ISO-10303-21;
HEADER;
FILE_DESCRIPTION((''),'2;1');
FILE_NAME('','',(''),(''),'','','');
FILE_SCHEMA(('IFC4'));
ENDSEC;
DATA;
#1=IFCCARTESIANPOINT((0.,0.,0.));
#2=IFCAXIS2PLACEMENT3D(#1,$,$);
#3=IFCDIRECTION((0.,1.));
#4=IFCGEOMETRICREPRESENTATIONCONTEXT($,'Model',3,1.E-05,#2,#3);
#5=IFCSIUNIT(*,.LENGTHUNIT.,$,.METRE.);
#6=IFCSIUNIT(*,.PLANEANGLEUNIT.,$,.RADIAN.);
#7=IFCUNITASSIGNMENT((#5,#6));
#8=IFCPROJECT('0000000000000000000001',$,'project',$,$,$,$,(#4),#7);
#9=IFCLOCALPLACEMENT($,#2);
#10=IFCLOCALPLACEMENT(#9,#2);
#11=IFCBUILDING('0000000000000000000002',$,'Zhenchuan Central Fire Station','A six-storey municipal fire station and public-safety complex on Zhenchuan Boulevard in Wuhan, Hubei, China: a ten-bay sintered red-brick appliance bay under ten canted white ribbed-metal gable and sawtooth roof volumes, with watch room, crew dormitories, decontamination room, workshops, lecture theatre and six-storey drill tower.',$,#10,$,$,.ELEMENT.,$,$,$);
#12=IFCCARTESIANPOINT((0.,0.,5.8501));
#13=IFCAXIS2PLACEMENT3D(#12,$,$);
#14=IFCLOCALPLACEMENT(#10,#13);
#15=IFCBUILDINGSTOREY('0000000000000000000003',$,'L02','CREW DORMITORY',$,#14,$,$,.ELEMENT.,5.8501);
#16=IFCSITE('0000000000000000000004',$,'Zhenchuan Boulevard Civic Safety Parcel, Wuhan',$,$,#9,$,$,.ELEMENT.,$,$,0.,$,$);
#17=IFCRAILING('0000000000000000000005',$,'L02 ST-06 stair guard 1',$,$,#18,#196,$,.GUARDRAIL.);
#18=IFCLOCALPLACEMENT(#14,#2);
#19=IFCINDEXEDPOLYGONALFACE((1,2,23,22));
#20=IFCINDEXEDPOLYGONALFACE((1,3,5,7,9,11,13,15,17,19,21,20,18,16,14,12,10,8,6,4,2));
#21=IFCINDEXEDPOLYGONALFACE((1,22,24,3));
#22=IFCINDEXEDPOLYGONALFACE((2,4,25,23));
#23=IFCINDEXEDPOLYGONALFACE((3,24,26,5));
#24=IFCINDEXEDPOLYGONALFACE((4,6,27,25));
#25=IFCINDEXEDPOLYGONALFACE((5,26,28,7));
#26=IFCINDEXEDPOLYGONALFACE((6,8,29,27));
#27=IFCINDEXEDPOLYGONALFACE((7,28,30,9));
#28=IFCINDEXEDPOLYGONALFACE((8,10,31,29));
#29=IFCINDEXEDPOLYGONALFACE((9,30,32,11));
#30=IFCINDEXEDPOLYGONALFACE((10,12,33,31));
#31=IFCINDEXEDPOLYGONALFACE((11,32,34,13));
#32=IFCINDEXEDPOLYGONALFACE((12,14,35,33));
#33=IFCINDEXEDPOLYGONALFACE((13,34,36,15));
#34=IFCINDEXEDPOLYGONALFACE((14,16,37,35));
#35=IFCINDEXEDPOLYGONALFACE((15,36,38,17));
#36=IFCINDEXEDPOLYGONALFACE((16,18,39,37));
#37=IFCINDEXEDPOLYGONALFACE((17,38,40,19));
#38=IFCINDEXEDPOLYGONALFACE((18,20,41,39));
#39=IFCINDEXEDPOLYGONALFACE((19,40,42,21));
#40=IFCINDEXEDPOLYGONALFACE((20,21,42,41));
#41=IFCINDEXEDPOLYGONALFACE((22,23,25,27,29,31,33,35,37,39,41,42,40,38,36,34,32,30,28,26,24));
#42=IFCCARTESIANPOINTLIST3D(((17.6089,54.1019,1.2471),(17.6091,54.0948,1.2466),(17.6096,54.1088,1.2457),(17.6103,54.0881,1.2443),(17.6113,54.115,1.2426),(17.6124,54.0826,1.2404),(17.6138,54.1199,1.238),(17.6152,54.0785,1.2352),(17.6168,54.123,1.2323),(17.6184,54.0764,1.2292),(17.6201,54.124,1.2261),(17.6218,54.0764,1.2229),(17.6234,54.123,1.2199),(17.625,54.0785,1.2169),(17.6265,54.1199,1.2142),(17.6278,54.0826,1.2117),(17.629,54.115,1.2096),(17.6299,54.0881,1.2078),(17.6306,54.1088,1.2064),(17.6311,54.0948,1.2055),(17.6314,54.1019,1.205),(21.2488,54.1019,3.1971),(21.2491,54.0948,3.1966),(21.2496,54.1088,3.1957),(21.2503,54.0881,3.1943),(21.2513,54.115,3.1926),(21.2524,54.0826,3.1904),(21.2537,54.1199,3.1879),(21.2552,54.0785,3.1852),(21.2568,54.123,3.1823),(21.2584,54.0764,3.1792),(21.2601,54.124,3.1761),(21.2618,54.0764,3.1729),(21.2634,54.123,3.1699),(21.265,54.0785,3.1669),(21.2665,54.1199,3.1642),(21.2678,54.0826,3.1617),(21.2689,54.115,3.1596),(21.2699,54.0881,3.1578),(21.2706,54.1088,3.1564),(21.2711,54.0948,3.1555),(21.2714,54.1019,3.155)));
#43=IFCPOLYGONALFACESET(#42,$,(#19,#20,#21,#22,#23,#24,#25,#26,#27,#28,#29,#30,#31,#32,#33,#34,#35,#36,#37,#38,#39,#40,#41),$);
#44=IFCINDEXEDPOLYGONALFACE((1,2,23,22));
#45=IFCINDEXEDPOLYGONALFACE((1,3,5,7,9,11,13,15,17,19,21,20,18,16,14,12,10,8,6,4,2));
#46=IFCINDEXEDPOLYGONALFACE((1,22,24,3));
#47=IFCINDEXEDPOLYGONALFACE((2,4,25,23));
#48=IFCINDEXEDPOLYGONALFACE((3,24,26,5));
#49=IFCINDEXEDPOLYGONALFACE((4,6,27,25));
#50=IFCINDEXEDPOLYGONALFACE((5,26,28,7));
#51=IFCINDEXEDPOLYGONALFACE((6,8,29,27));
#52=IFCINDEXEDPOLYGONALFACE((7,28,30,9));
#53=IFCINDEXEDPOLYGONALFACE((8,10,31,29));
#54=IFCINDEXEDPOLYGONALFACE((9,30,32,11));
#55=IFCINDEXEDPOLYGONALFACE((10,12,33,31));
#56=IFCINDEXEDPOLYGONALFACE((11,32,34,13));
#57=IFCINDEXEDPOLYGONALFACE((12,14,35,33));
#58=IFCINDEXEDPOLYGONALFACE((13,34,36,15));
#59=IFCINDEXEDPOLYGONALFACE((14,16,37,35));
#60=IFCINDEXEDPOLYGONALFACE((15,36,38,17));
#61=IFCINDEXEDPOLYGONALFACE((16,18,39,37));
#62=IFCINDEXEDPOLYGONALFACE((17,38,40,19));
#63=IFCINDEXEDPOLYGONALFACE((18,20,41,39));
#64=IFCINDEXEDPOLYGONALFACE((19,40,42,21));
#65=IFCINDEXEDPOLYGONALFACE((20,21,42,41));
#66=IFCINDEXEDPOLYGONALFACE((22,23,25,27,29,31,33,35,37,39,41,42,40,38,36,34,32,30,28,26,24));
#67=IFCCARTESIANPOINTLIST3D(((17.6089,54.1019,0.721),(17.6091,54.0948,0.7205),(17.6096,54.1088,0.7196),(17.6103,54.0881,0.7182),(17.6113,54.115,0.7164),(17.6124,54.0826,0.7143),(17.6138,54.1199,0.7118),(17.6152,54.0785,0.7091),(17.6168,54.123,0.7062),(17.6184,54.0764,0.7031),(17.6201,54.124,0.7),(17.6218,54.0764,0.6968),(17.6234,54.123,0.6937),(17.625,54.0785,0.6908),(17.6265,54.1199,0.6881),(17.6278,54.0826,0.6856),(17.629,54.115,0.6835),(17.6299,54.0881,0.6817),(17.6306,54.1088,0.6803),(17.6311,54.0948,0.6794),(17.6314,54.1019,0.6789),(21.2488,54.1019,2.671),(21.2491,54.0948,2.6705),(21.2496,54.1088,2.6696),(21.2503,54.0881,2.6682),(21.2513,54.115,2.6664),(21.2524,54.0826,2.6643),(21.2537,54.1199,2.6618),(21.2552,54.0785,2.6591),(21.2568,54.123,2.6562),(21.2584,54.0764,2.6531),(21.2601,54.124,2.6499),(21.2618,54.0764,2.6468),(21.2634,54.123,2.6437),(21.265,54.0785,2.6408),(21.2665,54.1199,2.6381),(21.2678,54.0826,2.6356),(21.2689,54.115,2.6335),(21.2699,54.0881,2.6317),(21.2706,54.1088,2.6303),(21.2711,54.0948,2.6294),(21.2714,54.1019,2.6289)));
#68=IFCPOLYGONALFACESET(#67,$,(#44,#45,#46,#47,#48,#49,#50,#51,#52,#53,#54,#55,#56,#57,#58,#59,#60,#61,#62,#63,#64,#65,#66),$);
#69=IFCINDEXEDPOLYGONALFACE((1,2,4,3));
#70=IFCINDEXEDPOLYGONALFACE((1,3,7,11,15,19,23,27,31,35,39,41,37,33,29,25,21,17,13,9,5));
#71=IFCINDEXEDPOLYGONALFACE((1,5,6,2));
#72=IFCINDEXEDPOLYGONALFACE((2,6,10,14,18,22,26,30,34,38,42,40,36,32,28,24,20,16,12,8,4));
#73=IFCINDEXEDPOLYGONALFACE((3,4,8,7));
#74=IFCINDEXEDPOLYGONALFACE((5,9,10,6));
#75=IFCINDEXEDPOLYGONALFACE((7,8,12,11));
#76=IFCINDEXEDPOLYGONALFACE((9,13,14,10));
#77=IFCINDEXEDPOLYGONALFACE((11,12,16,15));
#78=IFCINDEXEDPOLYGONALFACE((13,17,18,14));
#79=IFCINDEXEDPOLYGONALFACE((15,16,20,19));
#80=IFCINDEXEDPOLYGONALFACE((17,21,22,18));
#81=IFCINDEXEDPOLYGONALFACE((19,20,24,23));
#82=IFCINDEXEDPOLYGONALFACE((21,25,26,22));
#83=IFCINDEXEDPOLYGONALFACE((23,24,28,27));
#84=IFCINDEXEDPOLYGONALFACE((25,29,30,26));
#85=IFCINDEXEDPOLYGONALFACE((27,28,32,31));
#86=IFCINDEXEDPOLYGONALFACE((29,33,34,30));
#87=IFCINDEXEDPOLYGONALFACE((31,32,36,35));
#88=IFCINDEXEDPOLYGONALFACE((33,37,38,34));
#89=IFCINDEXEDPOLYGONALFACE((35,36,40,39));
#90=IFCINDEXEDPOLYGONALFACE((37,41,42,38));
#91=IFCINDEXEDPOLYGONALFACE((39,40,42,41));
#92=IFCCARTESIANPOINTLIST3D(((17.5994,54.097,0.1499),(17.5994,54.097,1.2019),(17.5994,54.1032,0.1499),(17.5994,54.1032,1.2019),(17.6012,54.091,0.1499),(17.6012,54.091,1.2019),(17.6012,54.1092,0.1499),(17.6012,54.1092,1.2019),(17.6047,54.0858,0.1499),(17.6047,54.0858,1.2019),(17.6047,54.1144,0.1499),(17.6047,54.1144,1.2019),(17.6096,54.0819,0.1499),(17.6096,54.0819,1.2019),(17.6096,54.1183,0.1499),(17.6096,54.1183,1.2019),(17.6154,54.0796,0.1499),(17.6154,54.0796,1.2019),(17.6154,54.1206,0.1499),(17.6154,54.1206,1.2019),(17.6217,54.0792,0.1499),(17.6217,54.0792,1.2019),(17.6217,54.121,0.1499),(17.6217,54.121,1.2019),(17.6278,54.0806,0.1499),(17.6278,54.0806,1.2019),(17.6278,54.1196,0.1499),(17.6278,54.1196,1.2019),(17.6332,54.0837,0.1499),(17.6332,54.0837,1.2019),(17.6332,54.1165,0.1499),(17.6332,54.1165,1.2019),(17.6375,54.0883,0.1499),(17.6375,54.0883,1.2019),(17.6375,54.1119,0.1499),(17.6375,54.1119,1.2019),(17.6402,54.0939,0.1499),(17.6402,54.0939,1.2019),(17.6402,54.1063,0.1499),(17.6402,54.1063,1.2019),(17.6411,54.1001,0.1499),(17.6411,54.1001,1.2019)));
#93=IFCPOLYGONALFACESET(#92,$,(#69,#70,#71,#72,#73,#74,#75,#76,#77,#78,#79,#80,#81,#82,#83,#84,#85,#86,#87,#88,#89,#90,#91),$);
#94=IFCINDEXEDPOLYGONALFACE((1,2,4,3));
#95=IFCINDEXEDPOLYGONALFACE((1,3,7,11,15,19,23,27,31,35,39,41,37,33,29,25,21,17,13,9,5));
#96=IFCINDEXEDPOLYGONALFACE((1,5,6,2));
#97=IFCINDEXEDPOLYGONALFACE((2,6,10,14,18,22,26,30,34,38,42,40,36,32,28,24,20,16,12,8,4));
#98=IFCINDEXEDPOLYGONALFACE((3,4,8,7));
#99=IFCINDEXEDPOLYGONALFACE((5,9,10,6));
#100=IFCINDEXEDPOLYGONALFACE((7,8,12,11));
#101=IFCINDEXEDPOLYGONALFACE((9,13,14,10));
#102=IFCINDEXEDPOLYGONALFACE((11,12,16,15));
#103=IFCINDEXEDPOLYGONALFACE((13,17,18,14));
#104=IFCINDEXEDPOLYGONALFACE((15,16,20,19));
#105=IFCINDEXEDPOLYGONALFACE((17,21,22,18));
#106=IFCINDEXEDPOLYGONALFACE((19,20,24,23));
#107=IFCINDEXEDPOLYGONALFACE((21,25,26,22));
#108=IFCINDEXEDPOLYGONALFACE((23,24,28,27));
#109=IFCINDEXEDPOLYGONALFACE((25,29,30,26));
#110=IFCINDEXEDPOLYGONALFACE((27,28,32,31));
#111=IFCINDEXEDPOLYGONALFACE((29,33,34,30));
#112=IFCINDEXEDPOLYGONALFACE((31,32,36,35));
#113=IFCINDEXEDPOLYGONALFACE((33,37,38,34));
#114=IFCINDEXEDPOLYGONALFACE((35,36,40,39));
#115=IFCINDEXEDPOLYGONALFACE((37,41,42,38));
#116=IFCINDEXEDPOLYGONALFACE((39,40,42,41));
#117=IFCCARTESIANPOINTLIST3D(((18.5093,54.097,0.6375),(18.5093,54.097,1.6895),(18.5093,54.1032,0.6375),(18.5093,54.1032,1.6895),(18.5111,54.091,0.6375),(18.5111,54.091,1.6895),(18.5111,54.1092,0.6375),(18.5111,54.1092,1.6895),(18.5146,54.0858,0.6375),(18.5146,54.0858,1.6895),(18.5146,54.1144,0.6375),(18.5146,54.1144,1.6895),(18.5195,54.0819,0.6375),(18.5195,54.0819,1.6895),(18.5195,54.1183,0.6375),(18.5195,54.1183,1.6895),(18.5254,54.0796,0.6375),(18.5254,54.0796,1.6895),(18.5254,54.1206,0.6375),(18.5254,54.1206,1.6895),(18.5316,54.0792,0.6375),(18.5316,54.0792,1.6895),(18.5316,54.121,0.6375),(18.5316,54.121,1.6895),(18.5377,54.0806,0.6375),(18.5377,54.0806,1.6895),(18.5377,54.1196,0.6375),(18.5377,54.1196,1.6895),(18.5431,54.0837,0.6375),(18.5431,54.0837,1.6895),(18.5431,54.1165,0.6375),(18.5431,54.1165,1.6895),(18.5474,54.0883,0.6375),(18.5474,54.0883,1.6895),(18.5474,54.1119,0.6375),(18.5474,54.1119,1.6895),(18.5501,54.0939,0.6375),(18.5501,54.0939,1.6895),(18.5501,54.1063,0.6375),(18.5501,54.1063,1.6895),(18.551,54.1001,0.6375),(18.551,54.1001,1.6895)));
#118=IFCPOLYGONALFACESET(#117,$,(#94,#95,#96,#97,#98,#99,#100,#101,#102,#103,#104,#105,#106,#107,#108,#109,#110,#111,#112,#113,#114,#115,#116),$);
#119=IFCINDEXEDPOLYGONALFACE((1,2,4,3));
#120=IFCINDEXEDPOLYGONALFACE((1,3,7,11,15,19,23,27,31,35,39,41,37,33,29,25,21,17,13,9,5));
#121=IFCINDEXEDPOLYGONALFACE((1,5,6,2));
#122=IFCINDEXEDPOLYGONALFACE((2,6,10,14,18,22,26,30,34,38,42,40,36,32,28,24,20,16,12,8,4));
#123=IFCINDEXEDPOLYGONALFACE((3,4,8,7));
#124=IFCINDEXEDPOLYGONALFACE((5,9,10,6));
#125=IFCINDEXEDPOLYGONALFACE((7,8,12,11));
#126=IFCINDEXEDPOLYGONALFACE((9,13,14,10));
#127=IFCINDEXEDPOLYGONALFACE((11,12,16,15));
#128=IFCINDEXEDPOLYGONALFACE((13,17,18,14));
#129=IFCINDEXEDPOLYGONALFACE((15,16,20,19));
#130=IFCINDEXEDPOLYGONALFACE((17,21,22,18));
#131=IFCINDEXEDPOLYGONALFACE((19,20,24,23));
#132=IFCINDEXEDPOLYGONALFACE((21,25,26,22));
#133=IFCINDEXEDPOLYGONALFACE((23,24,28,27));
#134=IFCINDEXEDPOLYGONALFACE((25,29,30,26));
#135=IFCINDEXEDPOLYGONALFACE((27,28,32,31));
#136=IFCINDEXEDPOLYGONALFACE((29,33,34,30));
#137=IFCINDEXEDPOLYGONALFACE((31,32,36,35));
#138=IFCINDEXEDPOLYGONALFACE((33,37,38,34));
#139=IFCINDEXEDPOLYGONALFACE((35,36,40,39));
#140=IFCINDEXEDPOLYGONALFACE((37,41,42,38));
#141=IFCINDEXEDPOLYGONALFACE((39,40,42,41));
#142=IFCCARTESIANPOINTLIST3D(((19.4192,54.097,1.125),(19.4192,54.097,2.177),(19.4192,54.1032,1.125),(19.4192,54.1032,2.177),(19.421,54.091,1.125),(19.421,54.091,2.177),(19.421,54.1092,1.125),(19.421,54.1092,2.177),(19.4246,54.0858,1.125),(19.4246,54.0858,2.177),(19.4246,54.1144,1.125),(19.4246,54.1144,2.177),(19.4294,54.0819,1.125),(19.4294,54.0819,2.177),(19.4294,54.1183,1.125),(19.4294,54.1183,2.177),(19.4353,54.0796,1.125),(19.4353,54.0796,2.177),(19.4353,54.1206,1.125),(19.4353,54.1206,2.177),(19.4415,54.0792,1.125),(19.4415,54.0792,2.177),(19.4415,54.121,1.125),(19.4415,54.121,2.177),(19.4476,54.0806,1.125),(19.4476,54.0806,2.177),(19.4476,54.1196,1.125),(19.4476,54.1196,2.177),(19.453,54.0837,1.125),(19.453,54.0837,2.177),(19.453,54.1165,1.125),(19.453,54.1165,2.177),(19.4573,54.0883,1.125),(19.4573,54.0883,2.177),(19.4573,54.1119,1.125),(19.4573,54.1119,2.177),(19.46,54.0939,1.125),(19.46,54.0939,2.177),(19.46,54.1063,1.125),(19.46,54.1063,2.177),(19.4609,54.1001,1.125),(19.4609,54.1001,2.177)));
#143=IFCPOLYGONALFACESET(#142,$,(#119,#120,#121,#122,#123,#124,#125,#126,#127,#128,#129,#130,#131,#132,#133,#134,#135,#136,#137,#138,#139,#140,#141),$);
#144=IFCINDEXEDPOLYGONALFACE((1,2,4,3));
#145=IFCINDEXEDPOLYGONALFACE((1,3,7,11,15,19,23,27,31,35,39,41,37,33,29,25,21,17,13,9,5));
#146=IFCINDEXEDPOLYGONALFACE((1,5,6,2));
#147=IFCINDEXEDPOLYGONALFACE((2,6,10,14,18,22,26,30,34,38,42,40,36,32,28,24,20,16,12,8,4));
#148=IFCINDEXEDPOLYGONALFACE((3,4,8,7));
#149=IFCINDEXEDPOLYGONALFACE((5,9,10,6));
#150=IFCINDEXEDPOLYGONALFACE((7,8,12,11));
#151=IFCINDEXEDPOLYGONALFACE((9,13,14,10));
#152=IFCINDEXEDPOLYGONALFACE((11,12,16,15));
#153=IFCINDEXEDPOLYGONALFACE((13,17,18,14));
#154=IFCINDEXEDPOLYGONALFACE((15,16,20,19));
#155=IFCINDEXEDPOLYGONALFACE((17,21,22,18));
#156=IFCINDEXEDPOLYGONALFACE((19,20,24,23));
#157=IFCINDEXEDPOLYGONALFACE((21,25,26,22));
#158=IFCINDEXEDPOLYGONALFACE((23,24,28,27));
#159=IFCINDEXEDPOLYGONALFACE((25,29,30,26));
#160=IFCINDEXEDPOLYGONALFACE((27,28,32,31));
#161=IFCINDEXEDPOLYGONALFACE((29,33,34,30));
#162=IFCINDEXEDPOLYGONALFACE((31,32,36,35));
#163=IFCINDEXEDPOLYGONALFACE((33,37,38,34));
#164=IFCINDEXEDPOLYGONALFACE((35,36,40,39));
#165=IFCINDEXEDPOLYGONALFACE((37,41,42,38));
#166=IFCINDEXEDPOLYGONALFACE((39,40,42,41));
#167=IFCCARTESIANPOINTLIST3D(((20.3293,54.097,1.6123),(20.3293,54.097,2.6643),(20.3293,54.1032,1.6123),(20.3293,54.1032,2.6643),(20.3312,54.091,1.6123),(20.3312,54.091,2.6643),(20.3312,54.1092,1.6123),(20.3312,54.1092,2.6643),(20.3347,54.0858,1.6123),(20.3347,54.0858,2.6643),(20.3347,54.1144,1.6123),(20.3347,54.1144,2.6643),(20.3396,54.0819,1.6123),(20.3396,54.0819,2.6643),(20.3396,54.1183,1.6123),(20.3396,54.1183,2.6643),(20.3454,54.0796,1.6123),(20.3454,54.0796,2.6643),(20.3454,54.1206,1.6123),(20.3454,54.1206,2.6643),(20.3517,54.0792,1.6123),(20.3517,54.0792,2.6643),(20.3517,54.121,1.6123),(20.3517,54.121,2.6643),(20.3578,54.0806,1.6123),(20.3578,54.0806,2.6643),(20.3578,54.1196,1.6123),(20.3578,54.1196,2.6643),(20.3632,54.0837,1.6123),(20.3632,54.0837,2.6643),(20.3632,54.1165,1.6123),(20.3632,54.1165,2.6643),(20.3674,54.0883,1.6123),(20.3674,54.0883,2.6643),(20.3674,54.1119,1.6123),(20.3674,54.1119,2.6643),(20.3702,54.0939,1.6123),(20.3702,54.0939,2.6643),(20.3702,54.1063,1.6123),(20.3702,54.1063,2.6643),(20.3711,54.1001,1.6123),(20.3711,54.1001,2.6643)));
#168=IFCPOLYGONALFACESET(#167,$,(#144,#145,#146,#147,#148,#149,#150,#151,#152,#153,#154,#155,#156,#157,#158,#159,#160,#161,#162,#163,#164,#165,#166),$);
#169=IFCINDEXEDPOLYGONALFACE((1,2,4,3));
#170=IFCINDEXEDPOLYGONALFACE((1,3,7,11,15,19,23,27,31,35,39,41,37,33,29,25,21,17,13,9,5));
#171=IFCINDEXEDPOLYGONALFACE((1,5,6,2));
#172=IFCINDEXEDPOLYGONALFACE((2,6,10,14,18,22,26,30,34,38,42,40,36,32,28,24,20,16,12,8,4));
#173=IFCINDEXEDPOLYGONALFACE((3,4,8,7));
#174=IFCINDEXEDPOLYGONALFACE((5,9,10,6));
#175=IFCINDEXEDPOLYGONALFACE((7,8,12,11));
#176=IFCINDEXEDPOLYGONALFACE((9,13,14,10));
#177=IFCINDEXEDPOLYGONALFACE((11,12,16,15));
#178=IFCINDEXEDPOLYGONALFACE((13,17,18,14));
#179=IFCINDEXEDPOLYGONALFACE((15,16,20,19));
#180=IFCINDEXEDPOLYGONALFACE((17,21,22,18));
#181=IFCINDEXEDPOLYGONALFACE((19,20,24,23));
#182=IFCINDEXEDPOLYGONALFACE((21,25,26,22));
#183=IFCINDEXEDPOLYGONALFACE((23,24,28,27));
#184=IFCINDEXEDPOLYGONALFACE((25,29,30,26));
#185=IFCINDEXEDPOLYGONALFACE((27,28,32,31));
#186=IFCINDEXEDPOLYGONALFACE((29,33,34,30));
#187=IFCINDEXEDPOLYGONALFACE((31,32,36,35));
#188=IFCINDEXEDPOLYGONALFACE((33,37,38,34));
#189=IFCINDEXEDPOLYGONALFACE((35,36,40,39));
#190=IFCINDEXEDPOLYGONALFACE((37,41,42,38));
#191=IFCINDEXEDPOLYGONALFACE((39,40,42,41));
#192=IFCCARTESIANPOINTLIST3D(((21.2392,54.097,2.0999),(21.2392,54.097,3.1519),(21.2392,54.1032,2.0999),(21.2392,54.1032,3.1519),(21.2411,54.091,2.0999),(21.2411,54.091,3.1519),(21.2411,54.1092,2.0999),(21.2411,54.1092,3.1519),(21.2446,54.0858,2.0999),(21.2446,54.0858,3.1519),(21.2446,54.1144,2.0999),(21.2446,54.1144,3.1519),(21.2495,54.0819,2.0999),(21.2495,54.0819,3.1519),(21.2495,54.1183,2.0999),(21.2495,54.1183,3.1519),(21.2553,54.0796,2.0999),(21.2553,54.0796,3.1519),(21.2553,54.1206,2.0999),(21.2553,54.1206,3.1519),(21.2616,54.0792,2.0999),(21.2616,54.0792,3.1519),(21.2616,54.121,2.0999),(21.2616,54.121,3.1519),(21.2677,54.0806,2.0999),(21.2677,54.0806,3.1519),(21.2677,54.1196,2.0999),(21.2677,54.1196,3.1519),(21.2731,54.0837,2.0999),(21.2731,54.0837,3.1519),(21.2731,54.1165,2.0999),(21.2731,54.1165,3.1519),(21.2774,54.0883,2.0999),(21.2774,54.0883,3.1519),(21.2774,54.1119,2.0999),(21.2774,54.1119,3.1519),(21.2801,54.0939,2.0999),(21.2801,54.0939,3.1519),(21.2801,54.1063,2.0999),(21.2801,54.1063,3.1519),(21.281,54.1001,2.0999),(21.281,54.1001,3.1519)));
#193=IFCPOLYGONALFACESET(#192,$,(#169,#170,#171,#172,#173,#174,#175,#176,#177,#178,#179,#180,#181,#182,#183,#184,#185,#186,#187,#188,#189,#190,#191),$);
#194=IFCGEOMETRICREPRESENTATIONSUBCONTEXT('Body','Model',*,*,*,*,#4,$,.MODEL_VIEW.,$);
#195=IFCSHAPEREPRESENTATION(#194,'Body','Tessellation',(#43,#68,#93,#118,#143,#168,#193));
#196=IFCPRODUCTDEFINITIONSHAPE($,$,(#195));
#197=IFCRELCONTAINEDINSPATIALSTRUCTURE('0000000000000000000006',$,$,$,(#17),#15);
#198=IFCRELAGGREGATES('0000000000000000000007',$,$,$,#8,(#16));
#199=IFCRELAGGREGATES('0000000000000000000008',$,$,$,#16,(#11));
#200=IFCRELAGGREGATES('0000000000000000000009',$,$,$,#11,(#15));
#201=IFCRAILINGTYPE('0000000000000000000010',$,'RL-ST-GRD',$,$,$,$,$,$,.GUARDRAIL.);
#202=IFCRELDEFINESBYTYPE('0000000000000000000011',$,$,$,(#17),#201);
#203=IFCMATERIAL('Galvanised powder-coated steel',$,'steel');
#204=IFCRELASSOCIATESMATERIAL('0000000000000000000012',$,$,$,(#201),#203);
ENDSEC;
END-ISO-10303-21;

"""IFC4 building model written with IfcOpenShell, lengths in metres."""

from ifc_helpers import new_model, si_unit, direction, frame, origin, origin_2d, place, context, subcontext, project, spatial, circle, extrude, material, type_object, element, save


model = new_model("IFC4")

# Units and contexts
model_context = context("Model", 3, precision=1e-05, world=origin(), true_north=direction((0.0, 1.0)))
body_context = subcontext(model_context, "Body", "Model", "MODEL_VIEW")
ifc_project = project(units=[si_unit("LENGTHUNIT", "METRE"), si_unit("PLANEANGLEUNIT", "RADIAN")], contexts=[model_context])

# Site, building, storey
site_placement = place(None, origin())
site = spatial("IfcSite", under=ifc_project, at=site_placement, Name="Zhenchuan Boulevard Civic Safety Parcel, Wuhan", CompositionType="ELEMENT", RefElevation=0.0)
building_placement = place(site_placement, origin())
building = spatial("IfcBuilding", under=site, at=building_placement, Name="Zhenchuan Central Fire Station", Description="A six-storey municipal fire station and public-safety complex on Zhenchuan Boulevard in Wuhan, Hubei, China: a ten-bay sintered red-brick appliance bay under ten canted white ribbed-metal gable and sawtooth roof volumes, with watch room, crew dormitories, decontamination room, workshops, lecture theatre and six-storey drill tower.", CompositionType="ELEMENT")
storey_placement = place(building_placement, frame((0.0, 0.0, 5.8501)))
storey = spatial("IfcBuildingStorey", under=building, at=storey_placement, Name="L02", Description="CREW DORMITORY", CompositionType="ELEMENT", Elevation=5.8501)

# Railing
ifc_material_1 = material(Name="Galvanised powder-coated steel", Category="steel")
railing_type_1 = type_object("IfcRailingType", Name="RL-ST-GRD", PredefinedType="GUARDRAIL", material=ifc_material_1)
railing_1_placement = place(storey_placement, frame((17.6201, 54.1001, 0.1499)))
element("IfcRailing", 1, at=railing_1_placement, inside=storey, type_object=railing_type_1, Name="L02 ST-06 stair guard 1", PredefinedType="GUARDRAIL", context=body_context, shape_type="SweptSolid", body=[
    extrude(circle(Radius=0.0239, at=origin_2d()), frame((0.0, 0.0, 1.0762), z_axis=(0.881479, 0.0, 0.472223), x_axis=(0.0, 1.0, 0.0)), (0.0, 0.0, 1.0), 4.1294),
    extrude(circle(Radius=0.0239, at=origin_2d()), frame((0.0, 0.0, 0.55), z_axis=(0.881479, 0.0, 0.472223), x_axis=(0.0, 1.0, 0.0)), (0.0, 0.0, 1.0), 4.1294),
    extrude(circle(Radius=0.021, at=origin_2d()), origin(), (0.0, 0.0, 1.0), 1.052),
    extrude(circle(Radius=0.021, at=origin_2d()), frame((0.9099, 0.0, 0.4875)), (0.0, 0.0, 1.0), 1.052),
    extrude(circle(Radius=0.021, at=origin_2d()), frame((1.8198, 0.0, 0.9751)), (0.0, 0.0, 1.0), 1.052),
    extrude(circle(Radius=0.021, at=origin_2d()), frame((2.73, 0.0, 1.4624)), (0.0, 0.0, 1.0), 1.052),
    extrude(circle(Radius=0.021, at=origin_2d()), frame((3.6399, 0.0, 1.95)), (0.0, 0.0, 1.0), 1.052),
])

save(model, "model.ifc")
